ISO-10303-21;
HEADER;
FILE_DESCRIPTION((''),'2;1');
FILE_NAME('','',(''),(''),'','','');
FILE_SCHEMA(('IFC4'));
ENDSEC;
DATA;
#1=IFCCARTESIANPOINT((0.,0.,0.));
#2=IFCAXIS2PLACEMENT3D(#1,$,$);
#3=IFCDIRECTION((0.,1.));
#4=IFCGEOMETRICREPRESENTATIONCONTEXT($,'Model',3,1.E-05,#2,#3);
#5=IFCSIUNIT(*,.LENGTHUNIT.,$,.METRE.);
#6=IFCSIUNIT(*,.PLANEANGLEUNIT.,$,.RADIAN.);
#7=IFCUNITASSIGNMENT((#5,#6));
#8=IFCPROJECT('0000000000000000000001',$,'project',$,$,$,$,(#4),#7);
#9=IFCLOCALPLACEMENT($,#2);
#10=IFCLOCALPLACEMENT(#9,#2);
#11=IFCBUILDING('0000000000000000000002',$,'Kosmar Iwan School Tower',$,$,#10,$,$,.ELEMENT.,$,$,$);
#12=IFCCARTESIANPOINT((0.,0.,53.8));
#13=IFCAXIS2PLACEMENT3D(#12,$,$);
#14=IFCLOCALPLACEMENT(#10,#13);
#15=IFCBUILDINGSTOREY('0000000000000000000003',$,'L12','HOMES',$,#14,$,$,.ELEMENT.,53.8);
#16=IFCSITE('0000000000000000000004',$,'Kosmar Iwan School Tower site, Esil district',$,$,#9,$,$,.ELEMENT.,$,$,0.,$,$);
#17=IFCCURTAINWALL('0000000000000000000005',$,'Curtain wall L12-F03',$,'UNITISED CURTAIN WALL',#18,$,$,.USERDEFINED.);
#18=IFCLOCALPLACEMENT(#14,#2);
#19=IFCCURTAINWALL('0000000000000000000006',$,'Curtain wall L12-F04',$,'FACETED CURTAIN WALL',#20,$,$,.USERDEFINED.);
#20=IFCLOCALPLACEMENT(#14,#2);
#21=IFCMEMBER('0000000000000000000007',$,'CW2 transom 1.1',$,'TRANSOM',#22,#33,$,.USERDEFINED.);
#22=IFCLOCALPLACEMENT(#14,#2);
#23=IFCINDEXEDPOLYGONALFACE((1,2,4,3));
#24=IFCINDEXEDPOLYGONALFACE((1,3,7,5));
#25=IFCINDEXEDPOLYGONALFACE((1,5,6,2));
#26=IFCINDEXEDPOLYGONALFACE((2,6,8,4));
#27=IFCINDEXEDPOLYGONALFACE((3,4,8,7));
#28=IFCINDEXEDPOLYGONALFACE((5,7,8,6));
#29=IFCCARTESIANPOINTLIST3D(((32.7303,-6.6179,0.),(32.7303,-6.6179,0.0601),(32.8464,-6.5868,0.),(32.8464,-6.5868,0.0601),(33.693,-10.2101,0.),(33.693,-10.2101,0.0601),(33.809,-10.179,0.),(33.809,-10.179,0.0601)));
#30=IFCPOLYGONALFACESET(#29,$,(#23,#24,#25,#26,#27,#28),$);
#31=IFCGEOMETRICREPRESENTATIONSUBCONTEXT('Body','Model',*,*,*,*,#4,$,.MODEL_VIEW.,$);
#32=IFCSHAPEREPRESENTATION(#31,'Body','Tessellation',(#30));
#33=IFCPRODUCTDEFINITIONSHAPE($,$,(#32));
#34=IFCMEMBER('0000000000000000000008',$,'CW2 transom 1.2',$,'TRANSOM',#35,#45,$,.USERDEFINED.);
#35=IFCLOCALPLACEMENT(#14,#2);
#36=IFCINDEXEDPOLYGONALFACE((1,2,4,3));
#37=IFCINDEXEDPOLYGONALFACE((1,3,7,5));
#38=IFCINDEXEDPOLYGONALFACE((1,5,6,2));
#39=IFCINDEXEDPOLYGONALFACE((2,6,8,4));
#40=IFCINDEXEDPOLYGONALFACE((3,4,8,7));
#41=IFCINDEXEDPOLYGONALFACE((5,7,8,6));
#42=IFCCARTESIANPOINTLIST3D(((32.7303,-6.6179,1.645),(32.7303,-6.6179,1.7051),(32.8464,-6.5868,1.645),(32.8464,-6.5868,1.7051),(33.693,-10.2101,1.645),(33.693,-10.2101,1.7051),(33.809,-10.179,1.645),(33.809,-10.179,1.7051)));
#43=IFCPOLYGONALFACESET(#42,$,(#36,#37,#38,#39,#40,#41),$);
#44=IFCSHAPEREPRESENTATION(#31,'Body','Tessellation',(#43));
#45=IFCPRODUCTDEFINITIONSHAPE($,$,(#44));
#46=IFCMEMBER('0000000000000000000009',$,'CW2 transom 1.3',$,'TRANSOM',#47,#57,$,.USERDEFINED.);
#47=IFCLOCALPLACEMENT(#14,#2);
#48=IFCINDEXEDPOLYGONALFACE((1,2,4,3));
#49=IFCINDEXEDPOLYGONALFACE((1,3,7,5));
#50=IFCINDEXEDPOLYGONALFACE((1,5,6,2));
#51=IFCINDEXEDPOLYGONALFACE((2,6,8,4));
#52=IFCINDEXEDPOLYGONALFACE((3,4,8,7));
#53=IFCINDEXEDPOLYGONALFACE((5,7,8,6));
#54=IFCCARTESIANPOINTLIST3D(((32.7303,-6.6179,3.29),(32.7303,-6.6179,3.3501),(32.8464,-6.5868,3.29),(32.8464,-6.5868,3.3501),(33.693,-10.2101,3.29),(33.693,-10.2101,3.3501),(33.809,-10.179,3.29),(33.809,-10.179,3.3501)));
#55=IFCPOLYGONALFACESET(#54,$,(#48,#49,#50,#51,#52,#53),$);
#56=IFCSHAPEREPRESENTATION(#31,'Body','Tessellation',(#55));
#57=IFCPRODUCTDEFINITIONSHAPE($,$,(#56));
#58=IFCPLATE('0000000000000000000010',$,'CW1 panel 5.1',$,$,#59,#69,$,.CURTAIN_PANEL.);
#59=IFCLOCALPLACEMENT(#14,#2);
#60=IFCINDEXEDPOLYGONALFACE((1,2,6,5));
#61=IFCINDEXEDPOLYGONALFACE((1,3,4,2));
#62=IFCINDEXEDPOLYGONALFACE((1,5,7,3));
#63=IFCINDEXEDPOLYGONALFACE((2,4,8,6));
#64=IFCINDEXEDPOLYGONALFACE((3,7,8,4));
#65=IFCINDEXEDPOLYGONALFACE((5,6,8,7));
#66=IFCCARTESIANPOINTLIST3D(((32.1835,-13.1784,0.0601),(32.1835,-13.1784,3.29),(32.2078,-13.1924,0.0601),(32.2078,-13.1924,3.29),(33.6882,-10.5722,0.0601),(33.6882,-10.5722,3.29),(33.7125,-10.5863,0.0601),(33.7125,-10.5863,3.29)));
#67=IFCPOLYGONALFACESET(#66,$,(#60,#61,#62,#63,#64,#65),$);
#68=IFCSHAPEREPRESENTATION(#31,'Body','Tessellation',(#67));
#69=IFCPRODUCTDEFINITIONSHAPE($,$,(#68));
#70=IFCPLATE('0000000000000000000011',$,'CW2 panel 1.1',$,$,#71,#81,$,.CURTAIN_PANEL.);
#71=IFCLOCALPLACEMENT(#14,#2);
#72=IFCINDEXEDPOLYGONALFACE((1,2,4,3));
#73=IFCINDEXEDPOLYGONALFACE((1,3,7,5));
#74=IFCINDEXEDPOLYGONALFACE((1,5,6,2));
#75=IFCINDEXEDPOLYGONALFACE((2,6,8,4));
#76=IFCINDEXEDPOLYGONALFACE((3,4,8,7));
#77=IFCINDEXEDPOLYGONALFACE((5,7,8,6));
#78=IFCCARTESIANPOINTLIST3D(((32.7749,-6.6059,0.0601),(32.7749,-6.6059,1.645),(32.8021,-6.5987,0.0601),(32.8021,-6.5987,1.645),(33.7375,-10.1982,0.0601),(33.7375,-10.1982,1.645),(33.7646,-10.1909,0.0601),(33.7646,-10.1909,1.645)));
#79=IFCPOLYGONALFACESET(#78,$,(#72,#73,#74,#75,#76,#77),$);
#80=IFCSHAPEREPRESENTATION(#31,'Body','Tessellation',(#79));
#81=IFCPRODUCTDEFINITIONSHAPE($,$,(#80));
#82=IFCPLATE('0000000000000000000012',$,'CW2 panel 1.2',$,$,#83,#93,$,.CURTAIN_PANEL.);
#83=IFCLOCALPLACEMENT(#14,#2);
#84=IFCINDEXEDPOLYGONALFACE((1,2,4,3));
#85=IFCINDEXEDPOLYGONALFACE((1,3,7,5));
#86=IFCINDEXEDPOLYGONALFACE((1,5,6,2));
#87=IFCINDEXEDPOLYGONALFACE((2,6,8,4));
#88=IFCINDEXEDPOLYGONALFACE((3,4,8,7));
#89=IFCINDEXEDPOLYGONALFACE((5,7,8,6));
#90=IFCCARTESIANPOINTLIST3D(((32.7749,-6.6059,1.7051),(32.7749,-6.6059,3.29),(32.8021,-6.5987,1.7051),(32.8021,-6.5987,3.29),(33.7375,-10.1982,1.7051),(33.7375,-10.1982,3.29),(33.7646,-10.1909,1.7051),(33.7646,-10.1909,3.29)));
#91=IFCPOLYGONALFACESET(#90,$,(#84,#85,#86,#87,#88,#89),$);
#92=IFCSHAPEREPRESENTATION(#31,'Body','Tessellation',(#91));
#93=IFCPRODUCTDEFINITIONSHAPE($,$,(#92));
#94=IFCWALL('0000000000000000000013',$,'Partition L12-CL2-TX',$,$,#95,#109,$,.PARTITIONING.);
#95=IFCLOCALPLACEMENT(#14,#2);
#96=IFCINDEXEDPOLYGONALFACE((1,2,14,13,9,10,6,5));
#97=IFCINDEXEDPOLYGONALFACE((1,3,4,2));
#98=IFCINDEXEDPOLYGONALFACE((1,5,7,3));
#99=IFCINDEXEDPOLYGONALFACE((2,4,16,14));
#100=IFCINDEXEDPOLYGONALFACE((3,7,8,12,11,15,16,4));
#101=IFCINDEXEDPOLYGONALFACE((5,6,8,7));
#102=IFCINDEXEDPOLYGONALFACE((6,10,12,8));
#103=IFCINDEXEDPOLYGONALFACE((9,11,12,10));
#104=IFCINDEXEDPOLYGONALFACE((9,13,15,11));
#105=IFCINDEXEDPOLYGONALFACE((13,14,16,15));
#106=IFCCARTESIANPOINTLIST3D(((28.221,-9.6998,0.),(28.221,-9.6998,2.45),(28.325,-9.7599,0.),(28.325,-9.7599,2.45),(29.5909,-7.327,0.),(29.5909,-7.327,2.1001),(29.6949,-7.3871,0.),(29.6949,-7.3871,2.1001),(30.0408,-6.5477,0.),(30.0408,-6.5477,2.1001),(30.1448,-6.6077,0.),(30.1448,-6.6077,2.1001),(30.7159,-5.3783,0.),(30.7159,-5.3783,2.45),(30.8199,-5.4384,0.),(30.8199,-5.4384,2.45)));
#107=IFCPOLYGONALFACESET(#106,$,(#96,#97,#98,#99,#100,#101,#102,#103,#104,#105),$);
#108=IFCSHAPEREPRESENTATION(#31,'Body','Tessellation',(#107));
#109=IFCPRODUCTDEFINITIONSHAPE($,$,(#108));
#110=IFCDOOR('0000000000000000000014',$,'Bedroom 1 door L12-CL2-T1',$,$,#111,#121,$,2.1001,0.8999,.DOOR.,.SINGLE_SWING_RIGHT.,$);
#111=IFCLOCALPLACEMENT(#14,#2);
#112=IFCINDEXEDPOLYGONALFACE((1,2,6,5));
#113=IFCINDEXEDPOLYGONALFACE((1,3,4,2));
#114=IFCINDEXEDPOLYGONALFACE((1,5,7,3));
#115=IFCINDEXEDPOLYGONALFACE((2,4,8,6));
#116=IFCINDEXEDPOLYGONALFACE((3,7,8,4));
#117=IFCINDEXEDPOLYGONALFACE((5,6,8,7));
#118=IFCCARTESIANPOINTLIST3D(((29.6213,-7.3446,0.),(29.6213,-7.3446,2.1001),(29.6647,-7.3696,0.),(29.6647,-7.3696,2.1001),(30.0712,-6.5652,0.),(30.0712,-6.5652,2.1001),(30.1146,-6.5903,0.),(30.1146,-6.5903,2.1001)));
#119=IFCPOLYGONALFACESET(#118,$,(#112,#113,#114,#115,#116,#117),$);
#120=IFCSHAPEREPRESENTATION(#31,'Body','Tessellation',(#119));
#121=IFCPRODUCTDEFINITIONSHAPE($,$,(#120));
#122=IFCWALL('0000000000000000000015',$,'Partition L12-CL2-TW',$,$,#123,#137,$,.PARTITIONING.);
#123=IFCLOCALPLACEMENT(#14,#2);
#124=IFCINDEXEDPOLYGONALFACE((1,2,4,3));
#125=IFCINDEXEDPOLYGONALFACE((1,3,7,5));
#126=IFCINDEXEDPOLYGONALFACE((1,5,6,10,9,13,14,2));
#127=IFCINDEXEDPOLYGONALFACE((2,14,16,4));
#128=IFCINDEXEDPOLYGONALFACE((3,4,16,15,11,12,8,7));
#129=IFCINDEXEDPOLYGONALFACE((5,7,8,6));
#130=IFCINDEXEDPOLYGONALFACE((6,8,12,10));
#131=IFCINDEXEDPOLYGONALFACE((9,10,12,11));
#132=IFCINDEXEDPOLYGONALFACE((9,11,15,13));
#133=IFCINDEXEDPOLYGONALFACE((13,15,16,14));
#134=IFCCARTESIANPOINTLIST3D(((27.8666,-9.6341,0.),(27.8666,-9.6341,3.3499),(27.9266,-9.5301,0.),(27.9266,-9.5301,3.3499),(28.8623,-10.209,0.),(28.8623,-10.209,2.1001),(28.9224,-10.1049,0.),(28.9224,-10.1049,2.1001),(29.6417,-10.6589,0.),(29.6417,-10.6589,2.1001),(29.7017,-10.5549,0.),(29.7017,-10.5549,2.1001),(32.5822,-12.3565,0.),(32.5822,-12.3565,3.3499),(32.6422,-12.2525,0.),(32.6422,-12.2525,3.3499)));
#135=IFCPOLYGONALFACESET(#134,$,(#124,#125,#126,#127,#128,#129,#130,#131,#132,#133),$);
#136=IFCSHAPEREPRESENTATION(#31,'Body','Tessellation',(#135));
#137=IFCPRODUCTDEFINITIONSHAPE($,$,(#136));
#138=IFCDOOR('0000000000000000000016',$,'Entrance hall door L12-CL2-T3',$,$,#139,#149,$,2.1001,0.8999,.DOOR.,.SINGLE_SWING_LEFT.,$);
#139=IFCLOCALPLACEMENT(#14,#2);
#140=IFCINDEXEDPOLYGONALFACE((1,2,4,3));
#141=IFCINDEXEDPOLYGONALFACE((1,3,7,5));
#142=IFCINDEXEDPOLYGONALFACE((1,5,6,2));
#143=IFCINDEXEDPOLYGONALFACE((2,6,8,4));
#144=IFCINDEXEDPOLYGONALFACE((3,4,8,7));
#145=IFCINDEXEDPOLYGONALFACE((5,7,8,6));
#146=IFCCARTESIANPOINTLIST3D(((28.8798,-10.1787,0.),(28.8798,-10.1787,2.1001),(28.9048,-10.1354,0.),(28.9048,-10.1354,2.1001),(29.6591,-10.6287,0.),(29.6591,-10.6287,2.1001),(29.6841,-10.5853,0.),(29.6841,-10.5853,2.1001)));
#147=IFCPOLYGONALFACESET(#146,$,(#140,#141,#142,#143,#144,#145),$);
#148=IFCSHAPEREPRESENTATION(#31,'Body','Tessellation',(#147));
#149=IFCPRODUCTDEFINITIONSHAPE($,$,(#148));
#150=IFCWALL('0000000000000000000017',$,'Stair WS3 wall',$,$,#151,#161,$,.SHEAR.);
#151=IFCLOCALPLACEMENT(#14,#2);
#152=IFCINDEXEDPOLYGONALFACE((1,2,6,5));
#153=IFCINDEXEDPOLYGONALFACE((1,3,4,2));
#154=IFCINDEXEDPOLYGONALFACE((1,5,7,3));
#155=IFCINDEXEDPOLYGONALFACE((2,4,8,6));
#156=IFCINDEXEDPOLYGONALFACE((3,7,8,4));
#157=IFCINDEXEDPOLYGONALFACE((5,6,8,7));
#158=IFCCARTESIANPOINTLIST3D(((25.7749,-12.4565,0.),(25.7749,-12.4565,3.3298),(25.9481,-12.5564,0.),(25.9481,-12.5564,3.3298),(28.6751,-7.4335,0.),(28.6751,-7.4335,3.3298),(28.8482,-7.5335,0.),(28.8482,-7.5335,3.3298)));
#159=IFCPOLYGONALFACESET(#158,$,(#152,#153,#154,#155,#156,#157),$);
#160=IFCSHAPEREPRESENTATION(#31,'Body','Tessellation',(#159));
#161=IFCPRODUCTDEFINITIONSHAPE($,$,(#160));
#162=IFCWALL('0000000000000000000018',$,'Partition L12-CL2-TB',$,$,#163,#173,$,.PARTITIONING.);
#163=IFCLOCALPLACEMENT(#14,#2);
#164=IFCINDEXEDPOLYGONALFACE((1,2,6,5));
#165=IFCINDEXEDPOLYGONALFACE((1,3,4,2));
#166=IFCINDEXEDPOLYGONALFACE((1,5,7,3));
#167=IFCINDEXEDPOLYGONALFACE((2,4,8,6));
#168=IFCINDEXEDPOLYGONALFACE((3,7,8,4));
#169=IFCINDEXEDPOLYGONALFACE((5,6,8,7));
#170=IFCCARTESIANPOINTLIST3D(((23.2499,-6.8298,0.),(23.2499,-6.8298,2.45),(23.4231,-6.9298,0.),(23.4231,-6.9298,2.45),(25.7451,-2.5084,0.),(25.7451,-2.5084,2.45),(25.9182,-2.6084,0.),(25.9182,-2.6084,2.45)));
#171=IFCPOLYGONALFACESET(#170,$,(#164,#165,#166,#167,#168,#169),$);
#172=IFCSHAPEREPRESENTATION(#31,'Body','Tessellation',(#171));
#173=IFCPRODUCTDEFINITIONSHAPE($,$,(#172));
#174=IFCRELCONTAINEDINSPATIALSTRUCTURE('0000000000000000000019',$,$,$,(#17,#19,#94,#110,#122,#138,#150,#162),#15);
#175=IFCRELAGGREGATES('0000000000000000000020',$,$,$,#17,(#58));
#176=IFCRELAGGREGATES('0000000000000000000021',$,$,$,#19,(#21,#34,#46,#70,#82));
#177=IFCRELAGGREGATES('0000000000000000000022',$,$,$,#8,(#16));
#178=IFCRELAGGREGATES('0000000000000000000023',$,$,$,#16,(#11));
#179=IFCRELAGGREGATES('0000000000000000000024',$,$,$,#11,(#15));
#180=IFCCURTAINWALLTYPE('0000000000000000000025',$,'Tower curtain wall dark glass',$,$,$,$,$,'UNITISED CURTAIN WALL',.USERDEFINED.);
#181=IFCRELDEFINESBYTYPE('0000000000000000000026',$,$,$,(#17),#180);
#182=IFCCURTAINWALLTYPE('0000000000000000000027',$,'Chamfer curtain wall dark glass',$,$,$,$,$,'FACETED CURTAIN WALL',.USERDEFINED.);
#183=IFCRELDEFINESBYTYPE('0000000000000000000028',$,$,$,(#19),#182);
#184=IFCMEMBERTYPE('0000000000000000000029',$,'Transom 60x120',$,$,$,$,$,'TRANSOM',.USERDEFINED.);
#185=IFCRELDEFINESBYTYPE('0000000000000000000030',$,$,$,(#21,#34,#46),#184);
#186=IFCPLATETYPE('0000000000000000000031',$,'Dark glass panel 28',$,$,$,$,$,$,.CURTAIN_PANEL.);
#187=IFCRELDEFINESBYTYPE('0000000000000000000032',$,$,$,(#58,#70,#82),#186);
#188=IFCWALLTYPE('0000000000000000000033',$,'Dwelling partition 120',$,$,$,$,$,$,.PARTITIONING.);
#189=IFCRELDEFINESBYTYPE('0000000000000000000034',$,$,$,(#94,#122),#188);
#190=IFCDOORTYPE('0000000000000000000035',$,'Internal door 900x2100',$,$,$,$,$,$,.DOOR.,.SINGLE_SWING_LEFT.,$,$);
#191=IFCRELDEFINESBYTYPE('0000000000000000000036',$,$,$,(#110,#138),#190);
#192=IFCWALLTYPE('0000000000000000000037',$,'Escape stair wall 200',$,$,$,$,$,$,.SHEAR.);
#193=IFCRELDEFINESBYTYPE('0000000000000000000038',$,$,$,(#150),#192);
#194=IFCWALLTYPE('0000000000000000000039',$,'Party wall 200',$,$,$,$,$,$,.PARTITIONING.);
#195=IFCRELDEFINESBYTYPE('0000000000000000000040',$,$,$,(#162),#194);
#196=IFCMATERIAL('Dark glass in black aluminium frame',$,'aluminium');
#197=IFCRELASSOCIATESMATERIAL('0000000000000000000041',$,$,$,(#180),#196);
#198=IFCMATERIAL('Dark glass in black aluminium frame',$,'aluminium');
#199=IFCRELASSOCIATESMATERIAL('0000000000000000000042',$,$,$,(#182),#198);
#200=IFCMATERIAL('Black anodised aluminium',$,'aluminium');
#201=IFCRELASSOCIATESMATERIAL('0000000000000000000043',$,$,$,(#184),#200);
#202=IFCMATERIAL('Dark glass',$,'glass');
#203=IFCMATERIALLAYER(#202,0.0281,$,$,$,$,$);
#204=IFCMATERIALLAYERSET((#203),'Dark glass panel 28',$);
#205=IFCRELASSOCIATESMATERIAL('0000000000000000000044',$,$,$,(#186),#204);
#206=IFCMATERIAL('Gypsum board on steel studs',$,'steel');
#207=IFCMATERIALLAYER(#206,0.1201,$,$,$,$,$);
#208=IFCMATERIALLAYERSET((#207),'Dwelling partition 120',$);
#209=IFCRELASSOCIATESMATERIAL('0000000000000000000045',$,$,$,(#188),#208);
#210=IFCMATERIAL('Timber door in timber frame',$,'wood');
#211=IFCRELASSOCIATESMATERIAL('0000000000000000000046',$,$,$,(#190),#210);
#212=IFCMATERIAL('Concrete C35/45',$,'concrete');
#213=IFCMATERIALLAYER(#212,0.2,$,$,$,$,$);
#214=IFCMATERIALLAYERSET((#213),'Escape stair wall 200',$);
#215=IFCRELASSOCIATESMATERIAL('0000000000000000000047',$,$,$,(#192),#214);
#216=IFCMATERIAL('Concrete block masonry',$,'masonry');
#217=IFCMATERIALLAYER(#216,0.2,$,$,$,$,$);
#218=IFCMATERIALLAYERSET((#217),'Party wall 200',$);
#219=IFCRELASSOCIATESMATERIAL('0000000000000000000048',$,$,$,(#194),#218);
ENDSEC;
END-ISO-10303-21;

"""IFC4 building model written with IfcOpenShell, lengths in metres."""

from ifc_helpers import new_model, si_unit, direction, frame, frame_2d, origin, origin_2d, place, context, subcontext, project, spatial, rectangle, extrude, material, layer, layer_set, material_profile, profile_set, type_object, element, fill, aggregate, save


model = new_model("IFC4")

# Units and contexts
model_context = context("Model", 3, precision=1e-05, world=origin(), true_north=direction((0.0, 1.0)))
body_context = subcontext(model_context, "Body", "Model", "MODEL_VIEW")
ifc_project = project(units=[si_unit("LENGTHUNIT", "METRE"), si_unit("PLANEANGLEUNIT", "RADIAN")], contexts=[model_context])

# Site, building, storey
site_placement = place(None, origin())
site = spatial("IfcSite", under=ifc_project, at=site_placement, Name="Kosmar Iwan School Tower site, Esil district", CompositionType="ELEMENT", RefElevation=0.0)
building_placement = place(site_placement, origin())
building = spatial("IfcBuilding", under=site, at=building_placement, Name="Kosmar Iwan School Tower", CompositionType="ELEMENT")
storey_placement = place(building_placement, frame((0.0, 0.0, 53.8)))
storey = spatial("IfcBuildingStorey", under=building, at=storey_placement, Name="L12", Description="HOMES", CompositionType="ELEMENT", Elevation=53.8)

# Curtain wall
ifc_material_1 = material(Name="Dark glass in black aluminium frame", Category="aluminium")
curtain_wall_type_1 = type_object("IfcCurtainWallType", Name="Tower curtain wall dark glass", ElementType="UNITISED CURTAIN WALL", PredefinedType="USERDEFINED", material=ifc_material_1)
curtain_wall_1_placement = place(storey_placement, origin())
curtain_wall_1 = element("IfcCurtainWall", 1, at=curtain_wall_1_placement, inside=storey, type_object=curtain_wall_type_1, Name="Curtain wall L12-F03", ObjectType="UNITISED CURTAIN WALL", PredefinedType="USERDEFINED")

# Curtain wall
ifc_material_2 = material(Name="Dark glass in black aluminium frame", Category="aluminium")
curtain_wall_type_2 = type_object("IfcCurtainWallType", Name="Chamfer curtain wall dark glass", ElementType="FACETED CURTAIN WALL", PredefinedType="USERDEFINED", material=ifc_material_2)
curtain_wall_2_placement = place(storey_placement, origin())
curtain_wall_2 = element("IfcCurtainWall", 2, at=curtain_wall_2_placement, inside=storey, type_object=curtain_wall_type_2, Name="Curtain wall L12-F04", ObjectType="FACETED CURTAIN WALL", PredefinedType="USERDEFINED")

# Members
ifc_material_3 = material(Name="Black anodised aluminium", Category="aluminium")
ifc_material_profile_1 = material_profile(ifc_material_3, rectangle(XDim=0.1201, YDim=0.0601, at=origin_2d()), Name="TRANSOM 60x120")
ifc_profile_set_1 = profile_set([ifc_material_profile_1], Name="Black anodised aluminium")
member_type_1 = type_object("IfcMemberType", Name="Transom 60x120", ElementType="TRANSOM", PredefinedType="USERDEFINED", material=ifc_profile_set_1)
member_1_placement = place(storey_placement, frame((33.751, -10.1946, 0.03), z_axis=(-0.258843, 0.965919, 0.0), x_axis=(-0.965919, -0.258843, 0.0)))
member_1 = element("IfcMember", 3, at=member_1_placement, type_object=member_type_1, Name="CW2 transom 1.1", ObjectType="TRANSOM", PredefinedType="USERDEFINED", context=body_context, shape_type="SweptSolid", body=[
    extrude(rectangle(XDim=0.1201, YDim=0.0601, at=origin_2d()), origin(), (0.0, 0.0, 1.0), 3.719),
])
member_2_placement = place(storey_placement, frame((33.751, -10.1946, 1.675), z_axis=(-0.258843, 0.965919, 0.0), x_axis=(-0.965919, -0.258843, 0.0)))
member_2 = element("IfcMember", 4, at=member_2_placement, type_object=member_type_1, Name="CW2 transom 1.2", ObjectType="TRANSOM", PredefinedType="USERDEFINED", context=body_context, shape_type="SweptSolid", body=[
    extrude(rectangle(XDim=0.1201, YDim=0.0601, at=origin_2d()), origin(), (0.0, 0.0, 1.0), 3.719),
])
member_3_placement = place(storey_placement, frame((33.751, -10.1946, 3.3201), z_axis=(-0.258843, 0.965919, 0.0), x_axis=(-0.965919, -0.258843, 0.0)))
member_3 = element("IfcMember", 5, at=member_3_placement, type_object=member_type_1, Name="CW2 transom 1.3", ObjectType="TRANSOM", PredefinedType="USERDEFINED", context=body_context, shape_type="SweptSolid", body=[
    extrude(rectangle(XDim=0.1201, YDim=0.0601, at=origin_2d()), origin(), (0.0, 0.0, 1.0), 3.719),
])

# Plates
ifc_material_4 = material(Name="Dark glass", Category="glass")
ifc_layer_1 = layer(ifc_material_4, 0.0281)
ifc_layer_set_1 = layer_set([ifc_layer_1], Name="Dark glass panel 28")
plate_type = type_object("IfcPlateType", Name="Dark glass panel 28", PredefinedType="CURTAIN_PANEL", material=ifc_layer_set_1)
plate_1_placement = place(storey_placement, frame((32.948, -11.8823, 0.0601), z_axis=(0.0, 0.0, 1.0), x_axis=(0.5, 0.866025, 0.0)))
plate_1 = element("IfcPlate", 6, at=plate_1_placement, type_object=plate_type, Name="CW1 panel 5.1", PredefinedType="CURTAIN_PANEL", context=body_context, shape_type="SweptSolid", body=[
    extrude(rectangle(XDim=3.0093, YDim=0.0281, at=origin_2d()), origin(), (0.0, 0.0, 1.0), 3.23),
])
aggregate(curtain_wall_1, [plate_1])
plate_2_placement = place(storey_placement, frame((33.2698, -8.3984, 0.0601), z_axis=(0.0, 0.0, 1.0), x_axis=(-0.258819, 0.965926, 0.0)))
plate_2 = element("IfcPlate", 7, at=plate_2_placement, type_object=plate_type, Name="CW2 panel 1.1", PredefinedType="CURTAIN_PANEL", context=body_context, shape_type="SweptSolid", body=[
    extrude(rectangle(XDim=3.719, YDim=0.0281, at=origin_2d()), origin(), (0.0, 0.0, 1.0), 1.585),
])
plate_3_placement = place(storey_placement, frame((33.2698, -8.3984, 1.7051), z_axis=(0.0, 0.0, 1.0), x_axis=(-0.258819, 0.965926, 0.0)))
plate_3 = element("IfcPlate", 8, at=plate_3_placement, type_object=plate_type, Name="CW2 panel 1.2", PredefinedType="CURTAIN_PANEL", context=body_context, shape_type="SweptSolid", body=[
    extrude(rectangle(XDim=3.719, YDim=0.0281, at=origin_2d()), origin(), (0.0, 0.0, 1.0), 1.585),
])
aggregate(curtain_wall_2, [member_1, member_2, member_3, plate_2, plate_3])

# Walls, openings, doors
ifc_material_5 = material(Name="Gypsum board on steel studs", Category="steel")
ifc_layer_2 = layer(ifc_material_5, 0.1201)
ifc_layer_set_2 = layer_set([ifc_layer_2], Name="Dwelling partition 120")
wall_type_1 = type_object("IfcWallType", Name="Dwelling partition 120", PredefinedType="PARTITIONING", material=ifc_layer_set_2)
wall_1_placement = place(storey_placement, frame((28.2729, -9.73, 0.0), z_axis=(0.0, 0.0, 1.0), x_axis=(0.499975, 0.86604, 0.0)))
wall_1 = element("IfcWall", 9, at=wall_1_placement, inside=storey, type_object=wall_type_1, Name="Partition L12-CL2-TX", PredefinedType="PARTITIONING", context=body_context, shape_type="SweptSolid", body=[
    extrude(rectangle(XDim=4.99, YDim=0.1201, at=frame_2d((2.4951, 0.0))), origin(), (0.0, 0.0, 1.0), 2.45),
])
opening_1_placement = place(wall_1_placement, frame((2.74, 0.0, 0.0)))
opening_1 = element("IfcOpeningElement", 10, at=opening_1_placement, cuts=wall_1, PredefinedType="OPENING", context=body_context, shape_type="SweptSolid", body=[
    extrude(rectangle(XDim=0.8999, YDim=2.1001, at=frame_2d((0.45, 1.05))), frame((0.0, 0.072, 0.0), z_axis=(0.0, -1.0, 0.0), x_axis=(1.0, 0.0, 0.0)), (0.0, 0.0, 1.0), 0.144),
])
ifc_material_6 = material(Name="Timber door in timber frame", Category="wood")
door_type = type_object("IfcDoorType", Name="Internal door 900x2100", OperationType="SINGLE_SWING_LEFT", PredefinedType="DOOR", material=ifc_material_6)
door_1_placement = place(opening_1_placement, origin())
door_1 = element("IfcDoor", 11, at=door_1_placement, inside=storey, type_object=door_type, Name="Bedroom 1 door L12-CL2-T1", OperationType="SINGLE_SWING_RIGHT", OverallHeight=2.1001, OverallWidth=0.8999, PredefinedType="DOOR", context=body_context, shape_type="SweptSolid", body=[
    extrude(rectangle(XDim=0.8999, YDim=2.1001, at=frame_2d((0.45, 1.05))), frame((0.0, 0.0249, 0.0), z_axis=(0.0, -1.0, 0.0), x_axis=(1.0, 0.0, 0.0)), (0.0, 0.0, 1.0), 0.05),
])
fill(opening_1, door_1)
wall_2_placement = place(storey_placement, frame((27.8965, -9.582, 0.0), z_axis=(0.0, 0.0, 1.0), x_axis=(0.866036, -0.499982, 0.0)))
wall_2 = element("IfcWall", 12, at=wall_2_placement, inside=storey, type_object=wall_type_1, Name="Partition L12-CL2-TW", PredefinedType="PARTITIONING", context=body_context, shape_type="SweptSolid", body=[
    extrude(rectangle(XDim=5.4451, YDim=0.1201, at=frame_2d((2.7227, 0.0))), origin(), (0.0, 0.0, 1.0), 3.3499),
])
opening_2_placement = place(wall_2_placement, frame((1.1499, 0.0, 0.0)))
opening_2 = element("IfcOpeningElement", 13, at=opening_2_placement, cuts=wall_2, PredefinedType="OPENING", context=body_context, shape_type="SweptSolid", body=[
    extrude(rectangle(XDim=0.8999, YDim=2.1001, at=frame_2d((0.45, 1.05))), frame((0.0, 0.072, 0.0), z_axis=(0.0, -1.0, 0.0), x_axis=(1.0, 0.0, 0.0)), (0.0, 0.0, 1.0), 0.144),
])
door_2_placement = place(opening_2_placement, origin())
door_2 = element("IfcDoor", 14, at=door_2_placement, inside=storey, type_object=door_type, Name="Entrance hall door L12-CL2-T3", OperationType="SINGLE_SWING_LEFT", OverallHeight=2.1001, OverallWidth=0.8999, PredefinedType="DOOR", context=body_context, shape_type="SweptSolid", body=[
    extrude(rectangle(XDim=0.8999, YDim=2.1001, at=frame_2d((0.45, 1.05))), frame((0.0, 0.0249, 0.0), z_axis=(0.0, -1.0, 0.0), x_axis=(1.0, 0.0, 0.0)), (0.0, 0.0, 1.0), 0.05),
])
fill(opening_2, door_2)

# Walls
ifc_material_7 = material(Name="Concrete C35/45", Category="concrete")
ifc_layer_3 = layer(ifc_material_7, 0.2)
ifc_layer_set_3 = layer_set([ifc_layer_3], Name="Escape stair wall 200")
wall_type_2 = type_object("IfcWallType", Name="Escape stair wall 200", PredefinedType="SHEAR", material=ifc_layer_set_3)
wall_3_placement = place(storey_placement, frame((25.8616, -12.5063, 0.0), z_axis=(0.0, 0.0, 1.0), x_axis=(0.500019, 0.866015, 0.0)))
element("IfcWall", 15, at=wall_3_placement, inside=storey, type_object=wall_type_2, Name="Stair WS3 wall", PredefinedType="SHEAR", context=body_context, shape_type="SweptSolid", body=[
    extrude(rectangle(XDim=5.8, YDim=0.2, at=frame_2d((2.8999, 0.0))), origin(), (0.0, 0.0, 1.0), 3.3298),
])
ifc_material_8 = material(Name="Concrete block masonry", Category="masonry")
ifc_layer_4 = layer(ifc_material_8, 0.2)
ifc_layer_set_4 = layer_set([ifc_layer_4], Name="Party wall 200")
wall_type_3 = type_object("IfcWallType", Name="Party wall 200", PredefinedType="PARTITIONING", material=ifc_layer_set_4)
wall_4_placement = place(storey_placement, frame((23.3364, -6.8799, 0.0), z_axis=(0.0, 0.0, 1.0), x_axis=(0.500033, 0.866006, 0.0)))
element("IfcWall", 16, at=wall_4_placement, inside=storey, type_object=wall_type_3, Name="Partition L12-CL2-TB", PredefinedType="PARTITIONING", context=body_context, shape_type="SweptSolid", body=[
    extrude(rectangle(XDim=4.99, YDim=0.2, at=frame_2d((2.4951, 0.0))), origin(), (0.0, 0.0, 1.0), 2.45),
])

save(model, "model.ifc")
